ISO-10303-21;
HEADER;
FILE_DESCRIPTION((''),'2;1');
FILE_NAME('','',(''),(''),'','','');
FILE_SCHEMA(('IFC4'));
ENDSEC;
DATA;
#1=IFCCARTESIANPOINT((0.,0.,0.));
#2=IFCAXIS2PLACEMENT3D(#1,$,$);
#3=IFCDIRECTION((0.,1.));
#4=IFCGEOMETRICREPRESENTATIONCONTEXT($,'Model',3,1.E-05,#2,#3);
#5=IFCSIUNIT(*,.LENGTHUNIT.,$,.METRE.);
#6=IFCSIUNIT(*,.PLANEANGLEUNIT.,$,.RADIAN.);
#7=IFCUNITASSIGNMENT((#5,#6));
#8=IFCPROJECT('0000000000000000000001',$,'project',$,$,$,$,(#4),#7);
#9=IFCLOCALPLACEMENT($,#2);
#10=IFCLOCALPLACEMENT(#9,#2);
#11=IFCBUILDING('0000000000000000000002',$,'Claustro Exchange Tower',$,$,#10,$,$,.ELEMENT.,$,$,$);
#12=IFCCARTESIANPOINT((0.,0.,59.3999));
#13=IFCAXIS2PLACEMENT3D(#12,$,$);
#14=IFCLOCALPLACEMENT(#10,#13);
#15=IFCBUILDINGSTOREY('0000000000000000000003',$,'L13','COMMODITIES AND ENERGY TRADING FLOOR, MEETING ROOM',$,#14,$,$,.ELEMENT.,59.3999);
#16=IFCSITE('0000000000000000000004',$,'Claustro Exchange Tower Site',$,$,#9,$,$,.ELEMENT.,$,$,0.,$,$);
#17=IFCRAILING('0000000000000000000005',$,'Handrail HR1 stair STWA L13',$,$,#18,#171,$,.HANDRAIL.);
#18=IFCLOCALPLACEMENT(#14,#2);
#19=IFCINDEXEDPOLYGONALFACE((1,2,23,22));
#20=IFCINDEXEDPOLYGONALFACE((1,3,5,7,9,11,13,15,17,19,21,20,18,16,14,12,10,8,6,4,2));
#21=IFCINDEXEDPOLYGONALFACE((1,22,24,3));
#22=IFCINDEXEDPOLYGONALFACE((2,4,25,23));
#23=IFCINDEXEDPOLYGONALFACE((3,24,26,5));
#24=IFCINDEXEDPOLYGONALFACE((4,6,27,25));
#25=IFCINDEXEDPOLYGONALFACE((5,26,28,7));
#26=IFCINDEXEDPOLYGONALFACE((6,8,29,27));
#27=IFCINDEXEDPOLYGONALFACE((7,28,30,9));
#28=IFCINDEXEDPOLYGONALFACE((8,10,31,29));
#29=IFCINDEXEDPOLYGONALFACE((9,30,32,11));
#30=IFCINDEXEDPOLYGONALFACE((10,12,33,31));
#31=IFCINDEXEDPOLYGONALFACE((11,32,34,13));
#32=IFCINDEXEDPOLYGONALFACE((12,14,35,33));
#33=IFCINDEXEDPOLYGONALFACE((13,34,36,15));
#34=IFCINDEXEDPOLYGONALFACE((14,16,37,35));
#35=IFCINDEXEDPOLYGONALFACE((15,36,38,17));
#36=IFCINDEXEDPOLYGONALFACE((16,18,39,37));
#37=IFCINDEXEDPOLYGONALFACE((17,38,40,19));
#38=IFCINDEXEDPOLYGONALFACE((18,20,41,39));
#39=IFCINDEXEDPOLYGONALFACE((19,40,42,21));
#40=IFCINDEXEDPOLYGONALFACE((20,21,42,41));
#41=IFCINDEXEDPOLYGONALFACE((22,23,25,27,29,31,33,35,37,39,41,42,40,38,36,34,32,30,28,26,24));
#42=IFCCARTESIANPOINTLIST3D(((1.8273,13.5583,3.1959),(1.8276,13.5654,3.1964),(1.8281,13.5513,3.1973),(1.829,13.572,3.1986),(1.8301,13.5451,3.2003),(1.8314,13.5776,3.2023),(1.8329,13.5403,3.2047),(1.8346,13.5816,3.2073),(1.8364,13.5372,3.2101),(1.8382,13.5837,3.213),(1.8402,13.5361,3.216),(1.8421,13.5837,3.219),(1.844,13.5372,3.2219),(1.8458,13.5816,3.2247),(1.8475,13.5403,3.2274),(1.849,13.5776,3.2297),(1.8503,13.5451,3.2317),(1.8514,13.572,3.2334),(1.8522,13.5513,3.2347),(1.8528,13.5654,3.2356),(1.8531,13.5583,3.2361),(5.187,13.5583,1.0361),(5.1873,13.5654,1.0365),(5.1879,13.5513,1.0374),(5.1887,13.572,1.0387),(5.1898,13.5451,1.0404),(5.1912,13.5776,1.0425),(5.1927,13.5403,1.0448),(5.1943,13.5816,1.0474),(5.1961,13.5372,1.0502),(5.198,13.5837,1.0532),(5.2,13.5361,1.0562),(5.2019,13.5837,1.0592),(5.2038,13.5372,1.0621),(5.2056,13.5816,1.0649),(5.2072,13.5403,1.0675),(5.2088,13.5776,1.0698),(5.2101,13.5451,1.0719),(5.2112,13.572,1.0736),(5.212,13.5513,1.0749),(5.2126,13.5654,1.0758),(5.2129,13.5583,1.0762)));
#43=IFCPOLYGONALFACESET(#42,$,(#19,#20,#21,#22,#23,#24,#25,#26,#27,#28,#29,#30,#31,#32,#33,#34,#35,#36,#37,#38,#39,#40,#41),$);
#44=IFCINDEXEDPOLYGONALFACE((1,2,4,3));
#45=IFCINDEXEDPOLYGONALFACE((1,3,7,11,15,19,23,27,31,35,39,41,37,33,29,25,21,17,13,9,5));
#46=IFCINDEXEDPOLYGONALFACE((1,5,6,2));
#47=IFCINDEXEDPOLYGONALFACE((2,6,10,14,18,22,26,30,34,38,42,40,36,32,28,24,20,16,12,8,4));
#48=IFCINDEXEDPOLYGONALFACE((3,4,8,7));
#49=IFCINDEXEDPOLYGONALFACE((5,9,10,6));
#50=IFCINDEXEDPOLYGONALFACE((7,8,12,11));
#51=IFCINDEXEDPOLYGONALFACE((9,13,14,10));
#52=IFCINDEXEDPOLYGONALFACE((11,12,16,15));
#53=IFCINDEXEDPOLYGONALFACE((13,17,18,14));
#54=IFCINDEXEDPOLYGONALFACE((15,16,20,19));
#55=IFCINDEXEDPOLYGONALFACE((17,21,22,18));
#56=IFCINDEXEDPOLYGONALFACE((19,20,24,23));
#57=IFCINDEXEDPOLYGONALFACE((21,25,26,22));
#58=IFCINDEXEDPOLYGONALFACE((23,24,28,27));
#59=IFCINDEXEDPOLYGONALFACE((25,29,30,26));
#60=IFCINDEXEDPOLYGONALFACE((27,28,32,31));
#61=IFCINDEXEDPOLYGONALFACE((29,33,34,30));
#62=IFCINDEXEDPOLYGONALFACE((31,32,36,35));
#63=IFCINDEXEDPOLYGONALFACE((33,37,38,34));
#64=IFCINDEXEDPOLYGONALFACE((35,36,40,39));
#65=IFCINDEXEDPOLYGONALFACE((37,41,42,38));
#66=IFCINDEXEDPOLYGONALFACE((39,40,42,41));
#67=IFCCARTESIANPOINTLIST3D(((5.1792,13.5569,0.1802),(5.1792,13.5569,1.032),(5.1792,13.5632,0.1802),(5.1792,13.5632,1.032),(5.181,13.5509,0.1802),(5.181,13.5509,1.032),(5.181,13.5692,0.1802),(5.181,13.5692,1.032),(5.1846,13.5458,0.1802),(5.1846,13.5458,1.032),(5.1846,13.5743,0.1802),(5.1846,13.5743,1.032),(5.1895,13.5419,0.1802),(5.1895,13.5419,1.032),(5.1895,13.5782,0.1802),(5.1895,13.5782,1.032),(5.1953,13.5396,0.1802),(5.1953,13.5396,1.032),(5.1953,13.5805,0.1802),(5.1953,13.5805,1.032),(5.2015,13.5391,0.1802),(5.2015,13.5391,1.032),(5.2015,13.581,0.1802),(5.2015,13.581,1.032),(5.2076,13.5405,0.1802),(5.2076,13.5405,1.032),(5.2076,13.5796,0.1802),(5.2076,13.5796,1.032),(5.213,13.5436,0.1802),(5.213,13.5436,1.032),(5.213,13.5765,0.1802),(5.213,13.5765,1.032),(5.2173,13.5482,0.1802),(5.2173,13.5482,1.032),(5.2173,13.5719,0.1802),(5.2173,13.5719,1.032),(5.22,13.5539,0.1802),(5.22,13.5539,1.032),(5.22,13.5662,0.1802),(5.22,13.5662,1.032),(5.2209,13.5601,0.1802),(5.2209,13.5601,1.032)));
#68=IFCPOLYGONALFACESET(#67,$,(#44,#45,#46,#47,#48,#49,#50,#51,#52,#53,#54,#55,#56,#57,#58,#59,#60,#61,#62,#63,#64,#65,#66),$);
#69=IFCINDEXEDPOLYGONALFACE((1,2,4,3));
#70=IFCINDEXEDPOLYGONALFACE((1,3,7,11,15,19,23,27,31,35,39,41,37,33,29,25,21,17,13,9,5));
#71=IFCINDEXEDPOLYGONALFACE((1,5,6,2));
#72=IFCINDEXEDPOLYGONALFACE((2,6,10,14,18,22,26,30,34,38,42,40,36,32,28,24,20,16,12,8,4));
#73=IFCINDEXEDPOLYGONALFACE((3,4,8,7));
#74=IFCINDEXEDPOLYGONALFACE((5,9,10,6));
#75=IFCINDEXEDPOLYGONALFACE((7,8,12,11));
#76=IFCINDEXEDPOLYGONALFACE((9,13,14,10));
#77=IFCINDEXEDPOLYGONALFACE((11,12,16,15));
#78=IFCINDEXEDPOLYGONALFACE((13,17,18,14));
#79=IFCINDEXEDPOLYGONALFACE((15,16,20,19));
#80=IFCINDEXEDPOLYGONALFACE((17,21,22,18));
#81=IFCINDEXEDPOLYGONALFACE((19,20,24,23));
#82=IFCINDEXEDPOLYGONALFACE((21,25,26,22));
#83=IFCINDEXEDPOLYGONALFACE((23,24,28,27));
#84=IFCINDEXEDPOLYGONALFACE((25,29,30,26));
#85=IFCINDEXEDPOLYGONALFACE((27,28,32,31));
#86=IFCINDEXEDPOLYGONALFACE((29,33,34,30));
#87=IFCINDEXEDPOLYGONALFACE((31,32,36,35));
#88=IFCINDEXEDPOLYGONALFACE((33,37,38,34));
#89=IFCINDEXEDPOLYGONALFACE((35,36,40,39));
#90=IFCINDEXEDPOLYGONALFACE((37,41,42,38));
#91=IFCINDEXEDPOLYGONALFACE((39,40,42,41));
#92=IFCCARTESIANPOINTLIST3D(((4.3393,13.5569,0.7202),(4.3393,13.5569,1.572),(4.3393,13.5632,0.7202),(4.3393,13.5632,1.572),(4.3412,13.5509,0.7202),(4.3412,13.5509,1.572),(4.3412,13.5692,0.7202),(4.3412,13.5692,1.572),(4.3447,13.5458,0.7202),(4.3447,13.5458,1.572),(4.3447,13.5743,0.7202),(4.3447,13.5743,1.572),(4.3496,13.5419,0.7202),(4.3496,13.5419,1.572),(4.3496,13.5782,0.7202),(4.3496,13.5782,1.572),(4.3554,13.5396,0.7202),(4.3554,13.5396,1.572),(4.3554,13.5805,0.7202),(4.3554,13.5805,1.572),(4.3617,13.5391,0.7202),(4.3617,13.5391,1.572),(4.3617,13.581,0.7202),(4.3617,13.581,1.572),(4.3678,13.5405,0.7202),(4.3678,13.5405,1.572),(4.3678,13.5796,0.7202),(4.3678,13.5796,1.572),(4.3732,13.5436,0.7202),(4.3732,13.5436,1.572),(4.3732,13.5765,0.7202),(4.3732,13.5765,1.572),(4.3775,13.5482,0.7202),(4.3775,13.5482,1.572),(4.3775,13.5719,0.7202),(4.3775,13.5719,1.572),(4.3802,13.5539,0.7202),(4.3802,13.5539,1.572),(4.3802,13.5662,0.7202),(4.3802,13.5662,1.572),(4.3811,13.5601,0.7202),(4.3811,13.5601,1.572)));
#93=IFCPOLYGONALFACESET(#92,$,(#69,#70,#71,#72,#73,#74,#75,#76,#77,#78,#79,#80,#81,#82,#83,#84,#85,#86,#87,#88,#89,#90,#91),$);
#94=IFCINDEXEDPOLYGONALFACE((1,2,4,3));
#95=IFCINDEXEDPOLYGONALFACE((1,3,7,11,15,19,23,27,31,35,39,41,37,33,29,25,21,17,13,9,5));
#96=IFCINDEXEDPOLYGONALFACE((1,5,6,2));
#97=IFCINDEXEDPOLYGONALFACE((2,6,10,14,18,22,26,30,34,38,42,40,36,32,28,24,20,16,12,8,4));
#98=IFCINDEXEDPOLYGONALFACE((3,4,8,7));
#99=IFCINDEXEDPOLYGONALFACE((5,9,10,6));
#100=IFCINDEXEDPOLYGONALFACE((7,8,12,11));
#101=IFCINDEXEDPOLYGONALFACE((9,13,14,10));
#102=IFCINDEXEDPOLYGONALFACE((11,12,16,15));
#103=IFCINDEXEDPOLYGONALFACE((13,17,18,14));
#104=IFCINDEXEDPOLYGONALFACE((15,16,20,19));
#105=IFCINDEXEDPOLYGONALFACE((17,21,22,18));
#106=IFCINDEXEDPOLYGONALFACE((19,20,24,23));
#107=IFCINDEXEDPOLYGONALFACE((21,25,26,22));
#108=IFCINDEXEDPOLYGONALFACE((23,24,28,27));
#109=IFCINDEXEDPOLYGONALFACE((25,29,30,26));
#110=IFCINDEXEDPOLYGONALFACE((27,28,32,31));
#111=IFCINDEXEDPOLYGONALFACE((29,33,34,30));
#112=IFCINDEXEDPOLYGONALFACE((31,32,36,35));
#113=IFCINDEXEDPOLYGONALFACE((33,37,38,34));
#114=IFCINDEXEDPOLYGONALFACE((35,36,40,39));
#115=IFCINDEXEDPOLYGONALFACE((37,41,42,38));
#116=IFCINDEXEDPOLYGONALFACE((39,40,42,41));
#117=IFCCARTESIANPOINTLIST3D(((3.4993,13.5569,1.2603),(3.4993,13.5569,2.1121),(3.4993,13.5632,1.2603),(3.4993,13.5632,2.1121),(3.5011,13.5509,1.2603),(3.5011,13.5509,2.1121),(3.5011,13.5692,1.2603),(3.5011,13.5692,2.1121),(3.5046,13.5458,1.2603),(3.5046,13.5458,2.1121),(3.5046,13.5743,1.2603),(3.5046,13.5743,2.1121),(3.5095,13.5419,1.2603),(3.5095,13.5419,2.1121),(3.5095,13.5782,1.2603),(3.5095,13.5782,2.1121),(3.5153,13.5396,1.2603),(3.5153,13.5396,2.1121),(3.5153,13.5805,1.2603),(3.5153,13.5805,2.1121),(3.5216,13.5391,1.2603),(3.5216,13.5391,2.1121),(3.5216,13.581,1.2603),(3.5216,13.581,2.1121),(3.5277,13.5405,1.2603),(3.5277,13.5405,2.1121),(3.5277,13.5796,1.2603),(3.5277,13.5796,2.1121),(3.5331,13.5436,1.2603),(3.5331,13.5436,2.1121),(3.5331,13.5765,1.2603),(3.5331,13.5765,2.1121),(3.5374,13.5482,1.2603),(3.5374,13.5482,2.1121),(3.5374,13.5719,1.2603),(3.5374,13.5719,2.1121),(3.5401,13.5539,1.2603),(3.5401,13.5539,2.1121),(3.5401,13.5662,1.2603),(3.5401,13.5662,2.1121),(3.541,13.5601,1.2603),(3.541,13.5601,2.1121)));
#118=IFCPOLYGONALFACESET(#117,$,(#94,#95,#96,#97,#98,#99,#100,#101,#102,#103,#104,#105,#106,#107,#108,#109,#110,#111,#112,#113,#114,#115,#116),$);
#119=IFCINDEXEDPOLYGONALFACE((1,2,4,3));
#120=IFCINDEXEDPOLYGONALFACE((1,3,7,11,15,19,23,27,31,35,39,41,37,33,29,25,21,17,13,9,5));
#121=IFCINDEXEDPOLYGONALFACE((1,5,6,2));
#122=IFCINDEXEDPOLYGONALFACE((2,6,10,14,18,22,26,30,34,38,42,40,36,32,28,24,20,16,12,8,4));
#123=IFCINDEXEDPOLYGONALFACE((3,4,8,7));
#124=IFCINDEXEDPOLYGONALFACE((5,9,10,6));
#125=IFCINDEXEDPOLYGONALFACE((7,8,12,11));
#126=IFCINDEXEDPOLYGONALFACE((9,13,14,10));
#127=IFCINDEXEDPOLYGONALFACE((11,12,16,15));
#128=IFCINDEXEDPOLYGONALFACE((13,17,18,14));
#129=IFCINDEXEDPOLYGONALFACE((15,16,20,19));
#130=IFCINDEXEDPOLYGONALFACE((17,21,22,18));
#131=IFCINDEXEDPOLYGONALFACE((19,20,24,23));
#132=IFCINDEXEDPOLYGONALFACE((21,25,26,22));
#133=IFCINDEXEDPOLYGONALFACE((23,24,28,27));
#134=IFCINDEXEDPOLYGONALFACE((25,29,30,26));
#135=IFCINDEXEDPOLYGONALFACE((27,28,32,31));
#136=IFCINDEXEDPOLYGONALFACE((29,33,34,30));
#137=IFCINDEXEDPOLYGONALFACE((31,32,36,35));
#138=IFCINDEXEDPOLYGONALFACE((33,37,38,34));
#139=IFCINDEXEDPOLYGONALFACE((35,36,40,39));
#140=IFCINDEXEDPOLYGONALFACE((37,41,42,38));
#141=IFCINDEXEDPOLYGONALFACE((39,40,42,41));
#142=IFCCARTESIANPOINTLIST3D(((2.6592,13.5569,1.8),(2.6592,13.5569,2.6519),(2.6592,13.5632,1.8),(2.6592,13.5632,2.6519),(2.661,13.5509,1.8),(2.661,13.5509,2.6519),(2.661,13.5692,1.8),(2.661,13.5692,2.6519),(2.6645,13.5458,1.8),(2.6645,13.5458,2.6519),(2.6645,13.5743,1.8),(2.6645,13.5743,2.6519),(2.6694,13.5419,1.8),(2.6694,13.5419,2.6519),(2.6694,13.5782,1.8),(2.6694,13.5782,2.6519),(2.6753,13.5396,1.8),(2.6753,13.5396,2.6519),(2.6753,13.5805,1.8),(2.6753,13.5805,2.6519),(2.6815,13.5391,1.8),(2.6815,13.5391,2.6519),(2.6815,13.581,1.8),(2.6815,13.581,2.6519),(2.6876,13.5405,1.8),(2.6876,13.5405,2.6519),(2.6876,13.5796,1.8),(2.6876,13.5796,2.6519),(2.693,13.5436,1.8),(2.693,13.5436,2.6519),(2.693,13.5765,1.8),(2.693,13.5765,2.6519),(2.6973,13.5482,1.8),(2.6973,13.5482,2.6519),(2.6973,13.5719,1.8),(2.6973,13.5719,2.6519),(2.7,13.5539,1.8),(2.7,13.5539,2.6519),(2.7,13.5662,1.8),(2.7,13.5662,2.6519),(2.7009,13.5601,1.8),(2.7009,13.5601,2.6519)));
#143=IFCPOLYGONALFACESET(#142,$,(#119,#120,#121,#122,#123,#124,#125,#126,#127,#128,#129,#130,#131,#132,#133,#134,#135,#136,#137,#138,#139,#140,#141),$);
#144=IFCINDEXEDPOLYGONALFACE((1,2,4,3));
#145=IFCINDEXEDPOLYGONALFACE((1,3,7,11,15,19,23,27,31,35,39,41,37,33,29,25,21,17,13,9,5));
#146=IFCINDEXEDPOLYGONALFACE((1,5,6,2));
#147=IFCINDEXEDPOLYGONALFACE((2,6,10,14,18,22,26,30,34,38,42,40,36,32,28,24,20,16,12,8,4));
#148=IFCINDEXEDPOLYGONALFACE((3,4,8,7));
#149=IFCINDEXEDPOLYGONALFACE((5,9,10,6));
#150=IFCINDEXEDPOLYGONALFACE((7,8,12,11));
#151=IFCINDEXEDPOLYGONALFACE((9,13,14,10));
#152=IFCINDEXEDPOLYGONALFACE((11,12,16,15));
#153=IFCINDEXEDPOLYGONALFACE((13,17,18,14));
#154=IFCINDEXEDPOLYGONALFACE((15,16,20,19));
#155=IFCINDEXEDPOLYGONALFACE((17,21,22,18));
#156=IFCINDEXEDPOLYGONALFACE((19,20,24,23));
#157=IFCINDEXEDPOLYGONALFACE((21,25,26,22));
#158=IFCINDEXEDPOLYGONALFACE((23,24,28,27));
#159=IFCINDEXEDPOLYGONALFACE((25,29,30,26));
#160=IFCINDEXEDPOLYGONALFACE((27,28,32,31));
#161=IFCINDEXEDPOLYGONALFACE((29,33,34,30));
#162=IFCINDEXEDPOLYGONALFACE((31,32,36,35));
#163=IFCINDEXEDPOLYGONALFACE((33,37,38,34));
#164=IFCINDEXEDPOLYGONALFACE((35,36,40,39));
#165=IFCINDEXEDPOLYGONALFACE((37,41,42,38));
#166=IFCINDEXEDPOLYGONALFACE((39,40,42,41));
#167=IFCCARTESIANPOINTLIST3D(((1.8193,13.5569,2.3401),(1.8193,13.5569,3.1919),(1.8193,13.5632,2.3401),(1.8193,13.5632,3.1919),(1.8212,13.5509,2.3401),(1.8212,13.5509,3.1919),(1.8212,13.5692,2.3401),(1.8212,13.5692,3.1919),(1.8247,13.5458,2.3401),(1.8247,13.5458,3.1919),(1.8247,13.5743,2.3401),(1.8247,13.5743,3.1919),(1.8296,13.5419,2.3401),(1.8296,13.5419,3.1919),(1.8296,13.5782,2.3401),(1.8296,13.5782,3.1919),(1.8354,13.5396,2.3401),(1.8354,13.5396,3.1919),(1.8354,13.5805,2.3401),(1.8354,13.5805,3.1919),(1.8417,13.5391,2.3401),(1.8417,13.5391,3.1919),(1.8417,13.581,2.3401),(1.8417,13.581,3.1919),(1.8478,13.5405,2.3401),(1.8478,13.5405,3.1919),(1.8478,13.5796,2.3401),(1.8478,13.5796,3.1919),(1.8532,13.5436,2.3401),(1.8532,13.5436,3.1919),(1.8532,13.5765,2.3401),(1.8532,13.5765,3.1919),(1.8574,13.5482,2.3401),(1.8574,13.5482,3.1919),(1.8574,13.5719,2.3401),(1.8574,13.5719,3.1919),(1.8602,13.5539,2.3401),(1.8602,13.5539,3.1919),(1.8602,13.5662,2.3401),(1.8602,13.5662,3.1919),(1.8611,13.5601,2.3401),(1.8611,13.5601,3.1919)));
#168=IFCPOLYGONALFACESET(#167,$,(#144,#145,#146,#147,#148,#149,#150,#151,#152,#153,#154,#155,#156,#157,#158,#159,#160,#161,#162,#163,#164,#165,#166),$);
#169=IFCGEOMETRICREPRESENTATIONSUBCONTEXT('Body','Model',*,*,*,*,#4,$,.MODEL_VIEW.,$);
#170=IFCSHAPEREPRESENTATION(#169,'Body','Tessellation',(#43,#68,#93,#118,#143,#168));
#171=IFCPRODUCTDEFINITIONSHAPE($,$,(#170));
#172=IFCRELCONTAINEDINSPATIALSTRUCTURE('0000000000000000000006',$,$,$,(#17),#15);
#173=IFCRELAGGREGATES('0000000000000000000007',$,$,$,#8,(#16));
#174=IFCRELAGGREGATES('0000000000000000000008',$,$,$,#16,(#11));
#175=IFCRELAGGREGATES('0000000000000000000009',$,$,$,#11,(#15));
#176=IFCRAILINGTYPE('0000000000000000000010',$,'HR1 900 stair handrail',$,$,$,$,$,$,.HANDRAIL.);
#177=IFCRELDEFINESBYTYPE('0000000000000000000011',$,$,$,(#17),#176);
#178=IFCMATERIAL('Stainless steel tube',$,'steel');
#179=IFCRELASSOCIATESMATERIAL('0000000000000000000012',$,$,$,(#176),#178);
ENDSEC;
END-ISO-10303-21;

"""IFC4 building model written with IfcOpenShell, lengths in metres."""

from ifc_helpers import new_model, si_unit, direction, frame, origin, origin_2d, place, context, subcontext, project, spatial, circle, extrude, material, type_object, element, save


model = new_model("IFC4")

# Units and contexts
model_context = context("Model", 3, precision=1e-05, world=origin(), true_north=direction((0.0, 1.0)))
body_context = subcontext(model_context, "Body", "Model", "MODEL_VIEW")
ifc_project = project(units=[si_unit("LENGTHUNIT", "METRE"), si_unit("PLANEANGLEUNIT", "RADIAN")], contexts=[model_context])

# Site, building, storey
site_placement = place(None, origin())
site = spatial("IfcSite", under=ifc_project, at=site_placement, Name="Claustro Exchange Tower Site", CompositionType="ELEMENT", RefElevation=0.0)
building_placement = place(site_placement, origin())
building = spatial("IfcBuilding", under=site, at=building_placement, Name="Claustro Exchange Tower", CompositionType="ELEMENT")
storey_placement = place(building_placement, frame((0.0, 0.0, 59.3999)))
storey = spatial("IfcBuildingStorey", under=building, at=storey_placement, Name="L13", Description="COMMODITIES AND ENERGY TRADING FLOOR, MEETING ROOM", CompositionType="ELEMENT", Elevation=59.3999)

# Railing
ifc_material_1 = material(Name="Stainless steel tube", Category="steel")
railing_type_1 = type_object("IfcRailingType", Name="HR1 900 stair handrail", PredefinedType="HANDRAIL", material=ifc_material_1)
railing_1_placement = place(storey_placement, frame((5.2, 13.5601, 0.1802)))
element("IfcRailing", 1, at=railing_1_placement, inside=storey, type_object=railing_type_1, Name="Handrail HR1 stair STWA L13", PredefinedType="HANDRAIL", context=body_context, shape_type="SweptSolid", body=[
    extrude(circle(Radius=0.0239, at=origin_2d()), frame((0.0, 0.0, 0.876), z_axis=(-0.841178, 0.0, 0.540758), x_axis=(0.0, -1.0, 0.0)), (0.0, 0.0, 1.0), 3.9941),
    extrude(circle(Radius=0.021, at=origin_2d()), origin(), (0.0, 0.0, 1.0), 0.8518),
    extrude(circle(Radius=0.021, at=origin_2d()), frame((-0.8398, 0.0, 0.54)), (0.0, 0.0, 1.0), 0.8518),
    extrude(circle(Radius=0.021, at=origin_2d()), frame((-1.6799, 0.0, 1.0801)), (0.0, 0.0, 1.0), 0.8518),
    extrude(circle(Radius=0.021, at=origin_2d()), frame((-2.52, 0.0, 1.6199)), (0.0, 0.0, 1.0), 0.8518),
    extrude(circle(Radius=0.021, at=origin_2d()), frame((-3.3599, 0.0, 2.1599)), (0.0, 0.0, 1.0), 0.8518),
])

save(model, "model.ifc")
